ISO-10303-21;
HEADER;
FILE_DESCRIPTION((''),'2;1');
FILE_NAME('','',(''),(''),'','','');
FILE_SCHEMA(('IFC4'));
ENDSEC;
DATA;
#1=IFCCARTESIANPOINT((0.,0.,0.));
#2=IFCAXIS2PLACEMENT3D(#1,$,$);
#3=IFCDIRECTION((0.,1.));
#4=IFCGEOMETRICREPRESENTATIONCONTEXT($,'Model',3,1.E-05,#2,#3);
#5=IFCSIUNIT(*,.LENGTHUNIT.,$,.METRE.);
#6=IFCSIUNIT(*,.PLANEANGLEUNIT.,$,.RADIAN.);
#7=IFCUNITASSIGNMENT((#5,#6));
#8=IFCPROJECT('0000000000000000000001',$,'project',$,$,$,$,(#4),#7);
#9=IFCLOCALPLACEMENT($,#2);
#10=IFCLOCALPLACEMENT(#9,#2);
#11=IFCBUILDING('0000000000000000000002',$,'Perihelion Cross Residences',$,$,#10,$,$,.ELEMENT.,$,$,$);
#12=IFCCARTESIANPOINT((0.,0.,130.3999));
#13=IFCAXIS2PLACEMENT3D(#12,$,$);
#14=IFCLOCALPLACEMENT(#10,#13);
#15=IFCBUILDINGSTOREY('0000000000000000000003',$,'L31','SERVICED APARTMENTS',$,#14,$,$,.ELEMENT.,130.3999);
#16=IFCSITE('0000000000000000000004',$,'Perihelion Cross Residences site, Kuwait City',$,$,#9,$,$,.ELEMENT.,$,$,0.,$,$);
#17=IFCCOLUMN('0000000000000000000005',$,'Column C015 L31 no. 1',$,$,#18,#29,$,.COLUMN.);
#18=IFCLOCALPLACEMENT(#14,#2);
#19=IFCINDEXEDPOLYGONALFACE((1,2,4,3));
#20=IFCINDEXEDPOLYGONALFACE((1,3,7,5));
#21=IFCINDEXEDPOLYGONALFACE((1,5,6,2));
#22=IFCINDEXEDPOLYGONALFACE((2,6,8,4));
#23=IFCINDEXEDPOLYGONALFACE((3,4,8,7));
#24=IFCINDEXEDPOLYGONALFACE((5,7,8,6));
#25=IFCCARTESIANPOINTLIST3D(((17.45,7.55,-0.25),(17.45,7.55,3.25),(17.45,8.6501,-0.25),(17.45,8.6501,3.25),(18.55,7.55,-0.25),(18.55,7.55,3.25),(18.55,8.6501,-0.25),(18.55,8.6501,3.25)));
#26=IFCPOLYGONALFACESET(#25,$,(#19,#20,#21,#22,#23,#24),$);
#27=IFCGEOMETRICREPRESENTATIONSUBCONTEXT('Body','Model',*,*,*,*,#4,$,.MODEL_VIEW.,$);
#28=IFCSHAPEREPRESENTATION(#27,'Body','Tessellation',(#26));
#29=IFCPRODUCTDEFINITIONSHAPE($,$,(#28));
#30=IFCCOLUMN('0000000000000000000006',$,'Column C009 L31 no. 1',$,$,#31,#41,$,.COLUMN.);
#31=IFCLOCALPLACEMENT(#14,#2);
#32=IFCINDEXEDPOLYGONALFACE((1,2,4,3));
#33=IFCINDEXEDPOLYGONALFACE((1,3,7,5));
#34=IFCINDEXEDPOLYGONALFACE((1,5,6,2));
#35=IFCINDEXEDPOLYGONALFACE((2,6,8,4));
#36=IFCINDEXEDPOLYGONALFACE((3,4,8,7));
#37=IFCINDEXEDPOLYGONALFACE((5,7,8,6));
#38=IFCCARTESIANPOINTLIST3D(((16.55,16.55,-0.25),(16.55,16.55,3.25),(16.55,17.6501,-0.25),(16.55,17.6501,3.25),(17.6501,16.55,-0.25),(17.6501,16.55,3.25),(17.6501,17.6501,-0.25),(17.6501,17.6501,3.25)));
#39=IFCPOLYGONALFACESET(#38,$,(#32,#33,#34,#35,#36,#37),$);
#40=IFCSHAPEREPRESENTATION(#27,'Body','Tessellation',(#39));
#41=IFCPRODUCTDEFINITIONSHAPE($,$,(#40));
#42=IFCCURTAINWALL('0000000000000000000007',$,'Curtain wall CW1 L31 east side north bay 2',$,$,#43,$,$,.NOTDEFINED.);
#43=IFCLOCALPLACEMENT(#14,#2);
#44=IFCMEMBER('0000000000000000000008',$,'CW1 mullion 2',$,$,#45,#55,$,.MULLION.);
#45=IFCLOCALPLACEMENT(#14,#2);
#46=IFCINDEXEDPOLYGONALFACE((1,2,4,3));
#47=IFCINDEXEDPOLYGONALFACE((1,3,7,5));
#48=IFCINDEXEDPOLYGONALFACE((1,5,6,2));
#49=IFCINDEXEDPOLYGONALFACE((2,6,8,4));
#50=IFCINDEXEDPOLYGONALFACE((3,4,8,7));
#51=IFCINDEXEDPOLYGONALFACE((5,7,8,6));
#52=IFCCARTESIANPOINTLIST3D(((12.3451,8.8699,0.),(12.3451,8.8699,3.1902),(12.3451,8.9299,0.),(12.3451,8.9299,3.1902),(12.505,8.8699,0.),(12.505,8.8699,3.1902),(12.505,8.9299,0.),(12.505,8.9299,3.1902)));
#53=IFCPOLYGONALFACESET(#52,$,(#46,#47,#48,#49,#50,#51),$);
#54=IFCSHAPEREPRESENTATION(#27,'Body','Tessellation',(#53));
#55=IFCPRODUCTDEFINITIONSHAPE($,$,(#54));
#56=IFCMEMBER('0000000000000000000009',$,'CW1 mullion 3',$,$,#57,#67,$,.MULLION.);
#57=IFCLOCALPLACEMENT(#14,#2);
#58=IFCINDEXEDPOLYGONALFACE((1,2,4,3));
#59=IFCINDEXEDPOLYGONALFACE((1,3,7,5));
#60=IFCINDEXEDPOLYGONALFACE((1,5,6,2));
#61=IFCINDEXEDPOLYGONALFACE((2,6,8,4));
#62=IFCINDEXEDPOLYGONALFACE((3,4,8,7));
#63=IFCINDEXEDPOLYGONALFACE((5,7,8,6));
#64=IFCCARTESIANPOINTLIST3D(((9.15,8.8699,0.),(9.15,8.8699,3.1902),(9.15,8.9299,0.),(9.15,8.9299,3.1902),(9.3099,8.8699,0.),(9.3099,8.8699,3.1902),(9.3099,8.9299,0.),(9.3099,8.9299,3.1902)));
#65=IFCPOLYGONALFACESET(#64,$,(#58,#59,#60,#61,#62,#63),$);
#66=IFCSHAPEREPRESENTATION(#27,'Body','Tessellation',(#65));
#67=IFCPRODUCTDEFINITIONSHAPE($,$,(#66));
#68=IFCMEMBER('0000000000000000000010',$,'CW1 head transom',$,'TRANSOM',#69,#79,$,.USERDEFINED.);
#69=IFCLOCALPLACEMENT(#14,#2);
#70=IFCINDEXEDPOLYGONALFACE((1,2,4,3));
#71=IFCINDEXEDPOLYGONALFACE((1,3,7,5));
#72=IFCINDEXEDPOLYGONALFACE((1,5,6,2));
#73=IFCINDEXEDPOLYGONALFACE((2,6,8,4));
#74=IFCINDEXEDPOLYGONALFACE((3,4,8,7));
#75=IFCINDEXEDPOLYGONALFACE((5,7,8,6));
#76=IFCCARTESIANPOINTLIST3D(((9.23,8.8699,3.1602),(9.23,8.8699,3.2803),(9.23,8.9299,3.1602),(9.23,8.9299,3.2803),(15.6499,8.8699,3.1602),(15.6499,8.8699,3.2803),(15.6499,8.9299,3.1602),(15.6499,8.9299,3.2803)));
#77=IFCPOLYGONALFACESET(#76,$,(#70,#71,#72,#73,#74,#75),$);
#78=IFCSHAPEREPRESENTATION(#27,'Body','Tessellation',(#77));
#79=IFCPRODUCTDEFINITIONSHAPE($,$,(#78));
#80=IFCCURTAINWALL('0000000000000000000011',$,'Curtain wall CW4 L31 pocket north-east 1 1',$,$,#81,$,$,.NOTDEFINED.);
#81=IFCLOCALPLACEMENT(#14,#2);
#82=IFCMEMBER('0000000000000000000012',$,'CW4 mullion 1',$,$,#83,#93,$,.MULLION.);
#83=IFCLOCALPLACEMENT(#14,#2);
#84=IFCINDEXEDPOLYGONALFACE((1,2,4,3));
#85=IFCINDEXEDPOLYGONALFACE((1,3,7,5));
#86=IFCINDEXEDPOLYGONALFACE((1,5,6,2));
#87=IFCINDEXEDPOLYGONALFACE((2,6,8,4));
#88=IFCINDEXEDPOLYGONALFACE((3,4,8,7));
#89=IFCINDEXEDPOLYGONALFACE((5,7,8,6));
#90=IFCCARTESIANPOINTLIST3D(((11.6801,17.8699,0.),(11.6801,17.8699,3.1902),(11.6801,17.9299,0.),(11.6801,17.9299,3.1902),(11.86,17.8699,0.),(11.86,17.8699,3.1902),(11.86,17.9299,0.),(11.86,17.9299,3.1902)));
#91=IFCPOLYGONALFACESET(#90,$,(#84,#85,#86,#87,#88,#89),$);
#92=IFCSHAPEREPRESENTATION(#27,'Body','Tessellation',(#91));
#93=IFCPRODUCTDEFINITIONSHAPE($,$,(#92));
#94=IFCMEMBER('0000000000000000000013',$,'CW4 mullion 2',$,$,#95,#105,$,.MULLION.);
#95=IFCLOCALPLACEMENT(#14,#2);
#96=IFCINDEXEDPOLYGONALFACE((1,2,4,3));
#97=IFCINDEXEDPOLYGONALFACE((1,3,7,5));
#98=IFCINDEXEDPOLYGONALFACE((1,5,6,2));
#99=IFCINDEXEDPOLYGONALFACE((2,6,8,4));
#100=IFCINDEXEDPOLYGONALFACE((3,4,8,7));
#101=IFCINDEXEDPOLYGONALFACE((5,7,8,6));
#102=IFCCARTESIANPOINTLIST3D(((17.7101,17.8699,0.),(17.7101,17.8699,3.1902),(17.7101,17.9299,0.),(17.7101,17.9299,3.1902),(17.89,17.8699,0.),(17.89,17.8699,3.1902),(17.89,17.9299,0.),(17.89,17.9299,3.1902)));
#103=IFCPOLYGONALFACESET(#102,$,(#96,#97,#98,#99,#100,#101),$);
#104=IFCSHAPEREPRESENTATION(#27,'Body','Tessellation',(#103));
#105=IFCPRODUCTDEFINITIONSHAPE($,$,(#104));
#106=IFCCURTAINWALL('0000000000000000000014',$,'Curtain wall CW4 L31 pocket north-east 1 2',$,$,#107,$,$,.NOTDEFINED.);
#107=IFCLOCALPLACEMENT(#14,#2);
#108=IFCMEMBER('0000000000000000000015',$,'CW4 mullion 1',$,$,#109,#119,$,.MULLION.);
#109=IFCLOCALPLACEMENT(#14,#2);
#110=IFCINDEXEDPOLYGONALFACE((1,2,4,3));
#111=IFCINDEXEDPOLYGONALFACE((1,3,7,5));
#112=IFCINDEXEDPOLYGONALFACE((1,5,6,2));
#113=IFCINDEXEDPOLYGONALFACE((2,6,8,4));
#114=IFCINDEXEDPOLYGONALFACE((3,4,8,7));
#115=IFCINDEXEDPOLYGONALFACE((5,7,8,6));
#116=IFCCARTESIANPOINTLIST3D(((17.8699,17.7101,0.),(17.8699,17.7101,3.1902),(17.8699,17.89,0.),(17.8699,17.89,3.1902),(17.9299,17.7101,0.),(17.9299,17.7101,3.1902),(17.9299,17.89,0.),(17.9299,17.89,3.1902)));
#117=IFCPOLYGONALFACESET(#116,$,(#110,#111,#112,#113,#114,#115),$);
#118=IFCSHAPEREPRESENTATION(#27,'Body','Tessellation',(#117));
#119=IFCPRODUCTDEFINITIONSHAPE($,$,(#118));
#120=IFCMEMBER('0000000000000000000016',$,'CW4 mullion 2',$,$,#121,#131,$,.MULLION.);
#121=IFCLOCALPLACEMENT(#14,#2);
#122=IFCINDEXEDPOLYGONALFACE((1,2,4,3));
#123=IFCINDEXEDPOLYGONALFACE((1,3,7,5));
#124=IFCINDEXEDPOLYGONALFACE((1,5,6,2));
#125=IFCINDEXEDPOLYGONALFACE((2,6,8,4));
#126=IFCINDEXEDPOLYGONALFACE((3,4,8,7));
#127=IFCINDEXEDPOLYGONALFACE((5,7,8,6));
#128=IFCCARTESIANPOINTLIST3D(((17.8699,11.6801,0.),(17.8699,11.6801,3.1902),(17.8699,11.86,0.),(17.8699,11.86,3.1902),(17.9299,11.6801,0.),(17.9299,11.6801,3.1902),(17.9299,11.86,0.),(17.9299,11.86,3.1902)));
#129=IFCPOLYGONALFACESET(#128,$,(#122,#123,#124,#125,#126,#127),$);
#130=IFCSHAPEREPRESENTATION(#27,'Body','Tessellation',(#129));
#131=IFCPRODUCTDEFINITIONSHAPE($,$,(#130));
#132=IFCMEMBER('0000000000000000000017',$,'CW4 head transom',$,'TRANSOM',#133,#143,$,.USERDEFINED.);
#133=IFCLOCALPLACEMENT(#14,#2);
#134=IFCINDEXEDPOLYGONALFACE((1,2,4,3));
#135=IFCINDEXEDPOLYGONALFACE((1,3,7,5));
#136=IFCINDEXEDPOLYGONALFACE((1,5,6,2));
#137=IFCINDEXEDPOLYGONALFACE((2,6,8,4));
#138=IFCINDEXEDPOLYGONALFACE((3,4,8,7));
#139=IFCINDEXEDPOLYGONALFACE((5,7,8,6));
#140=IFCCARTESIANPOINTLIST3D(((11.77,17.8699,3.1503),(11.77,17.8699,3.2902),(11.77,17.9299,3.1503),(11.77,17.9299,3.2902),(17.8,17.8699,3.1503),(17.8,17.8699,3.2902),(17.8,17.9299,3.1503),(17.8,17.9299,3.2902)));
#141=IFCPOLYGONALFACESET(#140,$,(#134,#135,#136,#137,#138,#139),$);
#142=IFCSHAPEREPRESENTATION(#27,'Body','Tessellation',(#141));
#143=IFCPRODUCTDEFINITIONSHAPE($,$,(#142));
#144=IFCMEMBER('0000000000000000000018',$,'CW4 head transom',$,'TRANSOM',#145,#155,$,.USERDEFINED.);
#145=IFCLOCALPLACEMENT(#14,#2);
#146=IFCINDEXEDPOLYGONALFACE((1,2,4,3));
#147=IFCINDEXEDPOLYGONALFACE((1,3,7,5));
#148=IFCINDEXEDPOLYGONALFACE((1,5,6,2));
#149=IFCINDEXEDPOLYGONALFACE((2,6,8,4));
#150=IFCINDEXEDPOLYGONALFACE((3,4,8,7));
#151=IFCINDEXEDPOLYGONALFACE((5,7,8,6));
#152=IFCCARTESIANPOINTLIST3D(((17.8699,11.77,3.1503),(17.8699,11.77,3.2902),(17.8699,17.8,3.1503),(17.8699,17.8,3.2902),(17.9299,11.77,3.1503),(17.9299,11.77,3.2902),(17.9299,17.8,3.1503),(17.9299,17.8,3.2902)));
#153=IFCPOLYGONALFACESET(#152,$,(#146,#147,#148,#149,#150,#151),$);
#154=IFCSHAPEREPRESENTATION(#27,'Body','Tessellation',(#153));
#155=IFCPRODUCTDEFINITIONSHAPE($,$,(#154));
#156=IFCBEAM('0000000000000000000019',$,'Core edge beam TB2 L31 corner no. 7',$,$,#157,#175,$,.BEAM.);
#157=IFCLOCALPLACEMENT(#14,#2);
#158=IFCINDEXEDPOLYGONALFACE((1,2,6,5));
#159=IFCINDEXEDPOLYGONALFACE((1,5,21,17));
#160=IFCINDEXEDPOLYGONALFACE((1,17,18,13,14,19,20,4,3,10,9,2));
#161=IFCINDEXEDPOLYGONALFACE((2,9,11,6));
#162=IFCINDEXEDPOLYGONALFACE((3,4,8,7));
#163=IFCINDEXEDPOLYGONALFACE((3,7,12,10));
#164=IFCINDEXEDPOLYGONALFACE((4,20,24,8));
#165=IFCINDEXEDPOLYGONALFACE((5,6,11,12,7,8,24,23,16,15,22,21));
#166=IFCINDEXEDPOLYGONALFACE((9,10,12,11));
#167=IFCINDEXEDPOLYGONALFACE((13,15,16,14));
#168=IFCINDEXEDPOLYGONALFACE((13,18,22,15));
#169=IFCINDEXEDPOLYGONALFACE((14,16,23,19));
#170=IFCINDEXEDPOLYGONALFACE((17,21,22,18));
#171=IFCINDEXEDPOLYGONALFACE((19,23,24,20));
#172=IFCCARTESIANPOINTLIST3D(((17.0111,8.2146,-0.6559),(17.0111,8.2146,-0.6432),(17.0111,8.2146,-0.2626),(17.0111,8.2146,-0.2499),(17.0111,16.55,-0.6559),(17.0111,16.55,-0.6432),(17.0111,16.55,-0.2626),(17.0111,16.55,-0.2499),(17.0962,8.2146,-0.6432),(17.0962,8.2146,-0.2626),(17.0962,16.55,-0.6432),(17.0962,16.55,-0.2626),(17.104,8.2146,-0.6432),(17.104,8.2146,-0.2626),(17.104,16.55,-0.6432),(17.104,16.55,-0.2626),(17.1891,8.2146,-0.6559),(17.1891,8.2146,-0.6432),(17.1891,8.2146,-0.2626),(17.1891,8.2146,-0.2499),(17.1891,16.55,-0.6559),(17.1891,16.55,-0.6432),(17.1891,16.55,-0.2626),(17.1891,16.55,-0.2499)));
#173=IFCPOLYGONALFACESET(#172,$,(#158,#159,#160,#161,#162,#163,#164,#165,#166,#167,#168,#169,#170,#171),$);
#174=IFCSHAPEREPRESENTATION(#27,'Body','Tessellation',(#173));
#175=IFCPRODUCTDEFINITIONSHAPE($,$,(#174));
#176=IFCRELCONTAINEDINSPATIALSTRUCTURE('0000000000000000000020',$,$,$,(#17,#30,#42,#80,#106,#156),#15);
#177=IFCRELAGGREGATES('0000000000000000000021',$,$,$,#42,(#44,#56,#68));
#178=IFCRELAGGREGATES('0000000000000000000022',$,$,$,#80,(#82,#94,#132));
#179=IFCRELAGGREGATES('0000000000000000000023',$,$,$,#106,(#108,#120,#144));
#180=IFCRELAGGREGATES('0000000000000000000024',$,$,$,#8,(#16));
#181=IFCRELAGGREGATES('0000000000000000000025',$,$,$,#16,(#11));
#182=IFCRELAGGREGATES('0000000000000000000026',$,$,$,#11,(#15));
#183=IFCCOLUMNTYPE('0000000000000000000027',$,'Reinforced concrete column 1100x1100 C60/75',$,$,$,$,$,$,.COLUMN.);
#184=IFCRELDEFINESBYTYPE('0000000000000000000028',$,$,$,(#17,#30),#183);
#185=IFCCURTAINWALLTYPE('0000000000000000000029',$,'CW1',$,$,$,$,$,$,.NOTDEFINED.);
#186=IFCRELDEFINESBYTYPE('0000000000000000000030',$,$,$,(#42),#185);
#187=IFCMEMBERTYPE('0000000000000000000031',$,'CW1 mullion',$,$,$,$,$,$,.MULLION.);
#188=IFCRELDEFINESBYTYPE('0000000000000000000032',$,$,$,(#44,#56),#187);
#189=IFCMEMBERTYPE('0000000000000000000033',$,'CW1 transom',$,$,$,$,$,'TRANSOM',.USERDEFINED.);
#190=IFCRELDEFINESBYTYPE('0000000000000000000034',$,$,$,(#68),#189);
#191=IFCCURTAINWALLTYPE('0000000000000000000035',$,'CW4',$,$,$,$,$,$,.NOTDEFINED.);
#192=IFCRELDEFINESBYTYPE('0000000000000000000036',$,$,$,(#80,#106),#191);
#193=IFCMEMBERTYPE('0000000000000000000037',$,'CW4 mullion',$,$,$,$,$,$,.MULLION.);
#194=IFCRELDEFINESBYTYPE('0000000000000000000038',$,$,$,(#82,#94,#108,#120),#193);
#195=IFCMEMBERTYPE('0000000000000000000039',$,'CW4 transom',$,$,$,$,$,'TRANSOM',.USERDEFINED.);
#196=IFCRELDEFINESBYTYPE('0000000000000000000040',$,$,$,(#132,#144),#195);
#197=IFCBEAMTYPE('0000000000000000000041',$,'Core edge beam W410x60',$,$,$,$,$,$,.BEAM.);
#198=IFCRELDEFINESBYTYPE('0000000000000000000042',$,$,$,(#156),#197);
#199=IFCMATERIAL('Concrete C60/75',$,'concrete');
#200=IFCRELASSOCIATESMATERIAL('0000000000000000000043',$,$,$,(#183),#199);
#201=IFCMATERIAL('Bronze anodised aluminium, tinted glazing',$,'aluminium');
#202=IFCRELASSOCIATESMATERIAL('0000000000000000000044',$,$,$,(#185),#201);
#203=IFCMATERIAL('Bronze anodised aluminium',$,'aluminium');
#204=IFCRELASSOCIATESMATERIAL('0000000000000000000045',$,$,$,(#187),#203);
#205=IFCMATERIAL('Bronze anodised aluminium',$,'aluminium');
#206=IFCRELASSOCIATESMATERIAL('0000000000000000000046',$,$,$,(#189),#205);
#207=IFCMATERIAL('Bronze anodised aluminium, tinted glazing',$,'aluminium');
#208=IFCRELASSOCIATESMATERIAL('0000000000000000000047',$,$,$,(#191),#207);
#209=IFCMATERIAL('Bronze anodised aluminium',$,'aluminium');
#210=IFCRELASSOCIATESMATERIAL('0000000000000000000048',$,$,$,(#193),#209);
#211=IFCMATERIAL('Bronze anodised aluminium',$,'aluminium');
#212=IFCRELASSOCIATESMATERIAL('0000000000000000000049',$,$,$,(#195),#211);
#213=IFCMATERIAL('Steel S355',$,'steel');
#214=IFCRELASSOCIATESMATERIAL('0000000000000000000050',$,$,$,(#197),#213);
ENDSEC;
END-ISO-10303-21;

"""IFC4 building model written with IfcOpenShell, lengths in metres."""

from ifc_helpers import new_model, si_unit, direction, frame, origin, origin_2d, place, context, subcontext, project, spatial, rectangle, i_section, extrude, material, material_profile, profile_set, type_object, element, aggregate, save


model = new_model("IFC4")

# Units and contexts
model_context = context("Model", 3, precision=1e-05, world=origin(), true_north=direction((0.0, 1.0)))
body_context = subcontext(model_context, "Body", "Model", "MODEL_VIEW")
ifc_project = project(units=[si_unit("LENGTHUNIT", "METRE"), si_unit("PLANEANGLEUNIT", "RADIAN")], contexts=[model_context])

# Site, building, storey
site_placement = place(None, origin())
site = spatial("IfcSite", under=ifc_project, at=site_placement, Name="Perihelion Cross Residences site, Kuwait City", CompositionType="ELEMENT", RefElevation=0.0)
building_placement = place(site_placement, origin())
building = spatial("IfcBuilding", under=site, at=building_placement, Name="Perihelion Cross Residences", CompositionType="ELEMENT")
storey_placement = place(building_placement, frame((0.0, 0.0, 130.3999)))
storey = spatial("IfcBuildingStorey", under=building, at=storey_placement, Name="L31", Description="SERVICED APARTMENTS", CompositionType="ELEMENT", Elevation=130.3999)

# Columns
ifc_material_1 = material(Name="Concrete C60/75", Category="concrete")
ifc_material_profile_1 = material_profile(ifc_material_1, rectangle(XDim=1.1001, YDim=1.1001, at=origin_2d()), Name="RC 1100x1100")
ifc_profile_set_1 = profile_set([ifc_material_profile_1], Name="Concrete C60/75")
column_type = type_object("IfcColumnType", Name="Reinforced concrete column 1100x1100 C60/75", PredefinedType="COLUMN", material=ifc_profile_set_1)
for number, where, z_axis, x_axis, name in (
    (1, (18.0, 8.1001, -0.25), (0.0, 0.0, 1.0), (1.0, 0.0, 0.0), "Column C015 L31 no. 1"),
    (2, (17.1001, 17.1001, -0.25), (0.0, 0.0, 1.0), (1.0, 0.0, 0.0), "Column C009 L31 no. 1"),
):
    element("IfcColumn", number, at=place(storey_placement, frame(where, z_axis=z_axis, x_axis=x_axis)), inside=storey, type_object=column_type, Name=name, PredefinedType="COLUMN", context=body_context, shape_type="SweptSolid", body=[
        extrude(rectangle(XDim=1.1001, YDim=1.1001, at=origin_2d()), origin(), (0.0, 0.0, 1.0), 3.5),
    ])

# Curtain walls, members
ifc_material_2 = material(Name="Bronze anodised aluminium, tinted glazing", Category="aluminium")
curtain_wall_type_1 = type_object("IfcCurtainWallType", Name="CW1", PredefinedType="NOTDEFINED", material=ifc_material_2)
curtain_wall_1_placement = place(storey_placement, origin())
curtain_wall_1 = element("IfcCurtainWall", 3, at=curtain_wall_1_placement, inside=storey, type_object=curtain_wall_type_1, Name="Curtain wall CW1 L31 east side north bay 2", PredefinedType="NOTDEFINED")
ifc_material_3 = material(Name="Bronze anodised aluminium", Category="aluminium")
ifc_material_profile_2 = material_profile(ifc_material_3, rectangle(XDim=0.0601, YDim=0.1599, at=origin_2d()), Name="CW1 mullion")
ifc_profile_set_2 = profile_set([ifc_material_profile_2], Name="Bronze anodised aluminium")
member_type_1 = type_object("IfcMemberType", Name="CW1 mullion", PredefinedType="MULLION", material=ifc_profile_set_2)
member_1_placement = place(storey_placement, frame((12.425, 8.8999, 0.0), z_axis=(0.0, 0.0, 1.0), x_axis=(0.0, -1.0, 0.0)))
member_1 = element("IfcMember", 4, at=member_1_placement, type_object=member_type_1, Name="CW1 mullion 2", PredefinedType="MULLION", context=body_context, shape_type="SweptSolid", body=[
    extrude(rectangle(XDim=0.0601, YDim=0.1599, at=origin_2d()), origin(), (0.0, 0.0, 1.0), 3.1902),
])
member_2_placement = place(storey_placement, frame((9.23, 8.8999, 0.0), z_axis=(0.0, 0.0, 1.0), x_axis=(0.0, -1.0, 0.0)))
member_2 = element("IfcMember", 5, at=member_2_placement, type_object=member_type_1, Name="CW1 mullion 3", PredefinedType="MULLION", context=body_context, shape_type="SweptSolid", body=[
    extrude(rectangle(XDim=0.0601, YDim=0.1599, at=origin_2d()), origin(), (0.0, 0.0, 1.0), 3.1902),
])
ifc_material_4 = material(Name="Bronze anodised aluminium", Category="aluminium")
ifc_material_profile_3 = material_profile(ifc_material_4, rectangle(XDim=0.0601, YDim=0.1201, at=origin_2d()), Name="CW1 transom")
ifc_profile_set_3 = profile_set([ifc_material_profile_3], Name="Bronze anodised aluminium")
member_type_2 = type_object("IfcMemberType", Name="CW1 transom", ElementType="TRANSOM", PredefinedType="USERDEFINED", material=ifc_profile_set_3)
member_3_placement = place(storey_placement, frame((15.6499, 8.8999, 3.2202), z_axis=(-1.0, 0.0, 0.0), x_axis=(0.0, -1.0, 0.0)))
member_3 = element("IfcMember", 6, at=member_3_placement, type_object=member_type_2, Name="CW1 head transom", ObjectType="TRANSOM", PredefinedType="USERDEFINED", context=body_context, shape_type="SweptSolid", body=[
    extrude(rectangle(XDim=0.0601, YDim=0.1201, at=origin_2d()), origin(), (0.0, 0.0, 1.0), 6.4199),
])
ifc_material_5 = material(Name="Bronze anodised aluminium, tinted glazing", Category="aluminium")
curtain_wall_type_2 = type_object("IfcCurtainWallType", Name="CW4", PredefinedType="NOTDEFINED", material=ifc_material_5)
curtain_wall_2_placement = place(storey_placement, origin())
curtain_wall_2 = element("IfcCurtainWall", 7, at=curtain_wall_2_placement, inside=storey, type_object=curtain_wall_type_2, Name="Curtain wall CW4 L31 pocket north-east 1 1", PredefinedType="NOTDEFINED")
ifc_material_6 = material(Name="Bronze anodised aluminium", Category="aluminium")
ifc_material_profile_4 = material_profile(ifc_material_6, rectangle(XDim=0.0601, YDim=0.1799, at=origin_2d()), Name="CW4 mullion")
ifc_profile_set_4 = profile_set([ifc_material_profile_4], Name="Bronze anodised aluminium")
member_type_3 = type_object("IfcMemberType", Name="CW4 mullion", PredefinedType="MULLION", material=ifc_profile_set_4)
member_4_placement = place(storey_placement, frame((11.77, 17.8999, 0.0), z_axis=(0.0, 0.0, 1.0), x_axis=(0.0, 1.0, 0.0)))
member_4 = element("IfcMember", 8, at=member_4_placement, type_object=member_type_3, Name="CW4 mullion 1", PredefinedType="MULLION", context=body_context, shape_type="SweptSolid", body=[
    extrude(rectangle(XDim=0.0601, YDim=0.1799, at=origin_2d()), origin(), (0.0, 0.0, 1.0), 3.1902),
])
member_5_placement = place(storey_placement, frame((17.8, 17.8999, 0.0), z_axis=(0.0, 0.0, 1.0), x_axis=(0.0, 1.0, 0.0)))
member_5 = element("IfcMember", 9, at=member_5_placement, type_object=member_type_3, Name="CW4 mullion 2", PredefinedType="MULLION", context=body_context, shape_type="SweptSolid", body=[
    extrude(rectangle(XDim=0.0601, YDim=0.1799, at=origin_2d()), origin(), (0.0, 0.0, 1.0), 3.1902),
])
curtain_wall_3_placement = place(storey_placement, origin())
curtain_wall_3 = element("IfcCurtainWall", 10, at=curtain_wall_3_placement, inside=storey, type_object=curtain_wall_type_2, Name="Curtain wall CW4 L31 pocket north-east 1 2", PredefinedType="NOTDEFINED")
member_6_placement = place(storey_placement, frame((17.8999, 17.8, 0.0), z_axis=(0.0, 0.0, 1.0), x_axis=(1.0, 0.0, 0.0)))
member_6 = element("IfcMember", 11, at=member_6_placement, type_object=member_type_3, Name="CW4 mullion 1", PredefinedType="MULLION", context=body_context, shape_type="SweptSolid", body=[
    extrude(rectangle(XDim=0.0601, YDim=0.1799, at=origin_2d()), origin(), (0.0, 0.0, 1.0), 3.1902),
])
member_7_placement = place(storey_placement, frame((17.8999, 11.77, 0.0), z_axis=(0.0, 0.0, 1.0), x_axis=(1.0, 0.0, 0.0)))
member_7 = element("IfcMember", 12, at=member_7_placement, type_object=member_type_3, Name="CW4 mullion 2", PredefinedType="MULLION", context=body_context, shape_type="SweptSolid", body=[
    extrude(rectangle(XDim=0.0601, YDim=0.1799, at=origin_2d()), origin(), (0.0, 0.0, 1.0), 3.1902),
])

# Members
ifc_material_7 = material(Name="Bronze anodised aluminium", Category="aluminium")
ifc_material_profile_5 = material_profile(ifc_material_7, rectangle(XDim=0.0601, YDim=0.1399, at=origin_2d()), Name="CW4 transom")
ifc_profile_set_5 = profile_set([ifc_material_profile_5], Name="Bronze anodised aluminium")
member_type_4 = type_object("IfcMemberType", Name="CW4 transom", ElementType="TRANSOM", PredefinedType="USERDEFINED", material=ifc_profile_set_5)
member_8_placement = place(storey_placement, frame((11.77, 17.8999, 3.2202), z_axis=(1.0, 0.0, 0.0), x_axis=(0.0, 1.0, 0.0)))
member_8 = element("IfcMember", 13, at=member_8_placement, type_object=member_type_4, Name="CW4 head transom", ObjectType="TRANSOM", PredefinedType="USERDEFINED", context=body_context, shape_type="SweptSolid", body=[
    extrude(rectangle(XDim=0.0601, YDim=0.1399, at=origin_2d()), origin(), (0.0, 0.0, 1.0), 6.03),
])
member_9_placement = place(storey_placement, frame((17.8999, 17.8, 3.2202), z_axis=(0.0, -1.0, 0.0), x_axis=(1.0, 0.0, 0.0)))
member_9 = element("IfcMember", 14, at=member_9_placement, type_object=member_type_4, Name="CW4 head transom", ObjectType="TRANSOM", PredefinedType="USERDEFINED", context=body_context, shape_type="SweptSolid", body=[
    extrude(rectangle(XDim=0.0601, YDim=0.1399, at=origin_2d()), origin(), (0.0, 0.0, 1.0), 6.03),
])

# Beam
ifc_material_8 = material(Name="Steel S355", Category="steel")
ifc_material_profile_6 = material_profile(ifc_material_8, i_section(OverallWidth=0.178, OverallDepth=0.406, WebThickness=0.0078, FlangeThickness=0.0127, at=origin_2d()), Name="W410x60")
ifc_profile_set_6 = profile_set([ifc_material_profile_6], Name="Steel S355")
beam_type_1 = type_object("IfcBeamType", Name="Core edge beam W410x60", PredefinedType="BEAM", material=ifc_profile_set_6)
beam_1_placement = place(storey_placement, frame((17.1001, 8.2146, -0.4529), z_axis=(0.0, 1.0, 0.0), x_axis=(-1.0, 0.0, 0.0)))
element("IfcBeam", 15, at=beam_1_placement, inside=storey, type_object=beam_type_1, Name="Core edge beam TB2 L31 corner no. 7", PredefinedType="BEAM", context=body_context, shape_type="SweptSolid", body=[
    extrude(i_section(OverallWidth=0.178, OverallDepth=0.406, WebThickness=0.0078, FlangeThickness=0.0127, at=origin_2d()), origin(), (0.0, 0.0, 1.0), 8.3354),
])

aggregate(curtain_wall_1, [member_1, member_2, member_3])

aggregate(curtain_wall_2, [member_4, member_5, member_8])
aggregate(curtain_wall_3, [member_6, member_7, member_9])

save(model, "model.ifc")
